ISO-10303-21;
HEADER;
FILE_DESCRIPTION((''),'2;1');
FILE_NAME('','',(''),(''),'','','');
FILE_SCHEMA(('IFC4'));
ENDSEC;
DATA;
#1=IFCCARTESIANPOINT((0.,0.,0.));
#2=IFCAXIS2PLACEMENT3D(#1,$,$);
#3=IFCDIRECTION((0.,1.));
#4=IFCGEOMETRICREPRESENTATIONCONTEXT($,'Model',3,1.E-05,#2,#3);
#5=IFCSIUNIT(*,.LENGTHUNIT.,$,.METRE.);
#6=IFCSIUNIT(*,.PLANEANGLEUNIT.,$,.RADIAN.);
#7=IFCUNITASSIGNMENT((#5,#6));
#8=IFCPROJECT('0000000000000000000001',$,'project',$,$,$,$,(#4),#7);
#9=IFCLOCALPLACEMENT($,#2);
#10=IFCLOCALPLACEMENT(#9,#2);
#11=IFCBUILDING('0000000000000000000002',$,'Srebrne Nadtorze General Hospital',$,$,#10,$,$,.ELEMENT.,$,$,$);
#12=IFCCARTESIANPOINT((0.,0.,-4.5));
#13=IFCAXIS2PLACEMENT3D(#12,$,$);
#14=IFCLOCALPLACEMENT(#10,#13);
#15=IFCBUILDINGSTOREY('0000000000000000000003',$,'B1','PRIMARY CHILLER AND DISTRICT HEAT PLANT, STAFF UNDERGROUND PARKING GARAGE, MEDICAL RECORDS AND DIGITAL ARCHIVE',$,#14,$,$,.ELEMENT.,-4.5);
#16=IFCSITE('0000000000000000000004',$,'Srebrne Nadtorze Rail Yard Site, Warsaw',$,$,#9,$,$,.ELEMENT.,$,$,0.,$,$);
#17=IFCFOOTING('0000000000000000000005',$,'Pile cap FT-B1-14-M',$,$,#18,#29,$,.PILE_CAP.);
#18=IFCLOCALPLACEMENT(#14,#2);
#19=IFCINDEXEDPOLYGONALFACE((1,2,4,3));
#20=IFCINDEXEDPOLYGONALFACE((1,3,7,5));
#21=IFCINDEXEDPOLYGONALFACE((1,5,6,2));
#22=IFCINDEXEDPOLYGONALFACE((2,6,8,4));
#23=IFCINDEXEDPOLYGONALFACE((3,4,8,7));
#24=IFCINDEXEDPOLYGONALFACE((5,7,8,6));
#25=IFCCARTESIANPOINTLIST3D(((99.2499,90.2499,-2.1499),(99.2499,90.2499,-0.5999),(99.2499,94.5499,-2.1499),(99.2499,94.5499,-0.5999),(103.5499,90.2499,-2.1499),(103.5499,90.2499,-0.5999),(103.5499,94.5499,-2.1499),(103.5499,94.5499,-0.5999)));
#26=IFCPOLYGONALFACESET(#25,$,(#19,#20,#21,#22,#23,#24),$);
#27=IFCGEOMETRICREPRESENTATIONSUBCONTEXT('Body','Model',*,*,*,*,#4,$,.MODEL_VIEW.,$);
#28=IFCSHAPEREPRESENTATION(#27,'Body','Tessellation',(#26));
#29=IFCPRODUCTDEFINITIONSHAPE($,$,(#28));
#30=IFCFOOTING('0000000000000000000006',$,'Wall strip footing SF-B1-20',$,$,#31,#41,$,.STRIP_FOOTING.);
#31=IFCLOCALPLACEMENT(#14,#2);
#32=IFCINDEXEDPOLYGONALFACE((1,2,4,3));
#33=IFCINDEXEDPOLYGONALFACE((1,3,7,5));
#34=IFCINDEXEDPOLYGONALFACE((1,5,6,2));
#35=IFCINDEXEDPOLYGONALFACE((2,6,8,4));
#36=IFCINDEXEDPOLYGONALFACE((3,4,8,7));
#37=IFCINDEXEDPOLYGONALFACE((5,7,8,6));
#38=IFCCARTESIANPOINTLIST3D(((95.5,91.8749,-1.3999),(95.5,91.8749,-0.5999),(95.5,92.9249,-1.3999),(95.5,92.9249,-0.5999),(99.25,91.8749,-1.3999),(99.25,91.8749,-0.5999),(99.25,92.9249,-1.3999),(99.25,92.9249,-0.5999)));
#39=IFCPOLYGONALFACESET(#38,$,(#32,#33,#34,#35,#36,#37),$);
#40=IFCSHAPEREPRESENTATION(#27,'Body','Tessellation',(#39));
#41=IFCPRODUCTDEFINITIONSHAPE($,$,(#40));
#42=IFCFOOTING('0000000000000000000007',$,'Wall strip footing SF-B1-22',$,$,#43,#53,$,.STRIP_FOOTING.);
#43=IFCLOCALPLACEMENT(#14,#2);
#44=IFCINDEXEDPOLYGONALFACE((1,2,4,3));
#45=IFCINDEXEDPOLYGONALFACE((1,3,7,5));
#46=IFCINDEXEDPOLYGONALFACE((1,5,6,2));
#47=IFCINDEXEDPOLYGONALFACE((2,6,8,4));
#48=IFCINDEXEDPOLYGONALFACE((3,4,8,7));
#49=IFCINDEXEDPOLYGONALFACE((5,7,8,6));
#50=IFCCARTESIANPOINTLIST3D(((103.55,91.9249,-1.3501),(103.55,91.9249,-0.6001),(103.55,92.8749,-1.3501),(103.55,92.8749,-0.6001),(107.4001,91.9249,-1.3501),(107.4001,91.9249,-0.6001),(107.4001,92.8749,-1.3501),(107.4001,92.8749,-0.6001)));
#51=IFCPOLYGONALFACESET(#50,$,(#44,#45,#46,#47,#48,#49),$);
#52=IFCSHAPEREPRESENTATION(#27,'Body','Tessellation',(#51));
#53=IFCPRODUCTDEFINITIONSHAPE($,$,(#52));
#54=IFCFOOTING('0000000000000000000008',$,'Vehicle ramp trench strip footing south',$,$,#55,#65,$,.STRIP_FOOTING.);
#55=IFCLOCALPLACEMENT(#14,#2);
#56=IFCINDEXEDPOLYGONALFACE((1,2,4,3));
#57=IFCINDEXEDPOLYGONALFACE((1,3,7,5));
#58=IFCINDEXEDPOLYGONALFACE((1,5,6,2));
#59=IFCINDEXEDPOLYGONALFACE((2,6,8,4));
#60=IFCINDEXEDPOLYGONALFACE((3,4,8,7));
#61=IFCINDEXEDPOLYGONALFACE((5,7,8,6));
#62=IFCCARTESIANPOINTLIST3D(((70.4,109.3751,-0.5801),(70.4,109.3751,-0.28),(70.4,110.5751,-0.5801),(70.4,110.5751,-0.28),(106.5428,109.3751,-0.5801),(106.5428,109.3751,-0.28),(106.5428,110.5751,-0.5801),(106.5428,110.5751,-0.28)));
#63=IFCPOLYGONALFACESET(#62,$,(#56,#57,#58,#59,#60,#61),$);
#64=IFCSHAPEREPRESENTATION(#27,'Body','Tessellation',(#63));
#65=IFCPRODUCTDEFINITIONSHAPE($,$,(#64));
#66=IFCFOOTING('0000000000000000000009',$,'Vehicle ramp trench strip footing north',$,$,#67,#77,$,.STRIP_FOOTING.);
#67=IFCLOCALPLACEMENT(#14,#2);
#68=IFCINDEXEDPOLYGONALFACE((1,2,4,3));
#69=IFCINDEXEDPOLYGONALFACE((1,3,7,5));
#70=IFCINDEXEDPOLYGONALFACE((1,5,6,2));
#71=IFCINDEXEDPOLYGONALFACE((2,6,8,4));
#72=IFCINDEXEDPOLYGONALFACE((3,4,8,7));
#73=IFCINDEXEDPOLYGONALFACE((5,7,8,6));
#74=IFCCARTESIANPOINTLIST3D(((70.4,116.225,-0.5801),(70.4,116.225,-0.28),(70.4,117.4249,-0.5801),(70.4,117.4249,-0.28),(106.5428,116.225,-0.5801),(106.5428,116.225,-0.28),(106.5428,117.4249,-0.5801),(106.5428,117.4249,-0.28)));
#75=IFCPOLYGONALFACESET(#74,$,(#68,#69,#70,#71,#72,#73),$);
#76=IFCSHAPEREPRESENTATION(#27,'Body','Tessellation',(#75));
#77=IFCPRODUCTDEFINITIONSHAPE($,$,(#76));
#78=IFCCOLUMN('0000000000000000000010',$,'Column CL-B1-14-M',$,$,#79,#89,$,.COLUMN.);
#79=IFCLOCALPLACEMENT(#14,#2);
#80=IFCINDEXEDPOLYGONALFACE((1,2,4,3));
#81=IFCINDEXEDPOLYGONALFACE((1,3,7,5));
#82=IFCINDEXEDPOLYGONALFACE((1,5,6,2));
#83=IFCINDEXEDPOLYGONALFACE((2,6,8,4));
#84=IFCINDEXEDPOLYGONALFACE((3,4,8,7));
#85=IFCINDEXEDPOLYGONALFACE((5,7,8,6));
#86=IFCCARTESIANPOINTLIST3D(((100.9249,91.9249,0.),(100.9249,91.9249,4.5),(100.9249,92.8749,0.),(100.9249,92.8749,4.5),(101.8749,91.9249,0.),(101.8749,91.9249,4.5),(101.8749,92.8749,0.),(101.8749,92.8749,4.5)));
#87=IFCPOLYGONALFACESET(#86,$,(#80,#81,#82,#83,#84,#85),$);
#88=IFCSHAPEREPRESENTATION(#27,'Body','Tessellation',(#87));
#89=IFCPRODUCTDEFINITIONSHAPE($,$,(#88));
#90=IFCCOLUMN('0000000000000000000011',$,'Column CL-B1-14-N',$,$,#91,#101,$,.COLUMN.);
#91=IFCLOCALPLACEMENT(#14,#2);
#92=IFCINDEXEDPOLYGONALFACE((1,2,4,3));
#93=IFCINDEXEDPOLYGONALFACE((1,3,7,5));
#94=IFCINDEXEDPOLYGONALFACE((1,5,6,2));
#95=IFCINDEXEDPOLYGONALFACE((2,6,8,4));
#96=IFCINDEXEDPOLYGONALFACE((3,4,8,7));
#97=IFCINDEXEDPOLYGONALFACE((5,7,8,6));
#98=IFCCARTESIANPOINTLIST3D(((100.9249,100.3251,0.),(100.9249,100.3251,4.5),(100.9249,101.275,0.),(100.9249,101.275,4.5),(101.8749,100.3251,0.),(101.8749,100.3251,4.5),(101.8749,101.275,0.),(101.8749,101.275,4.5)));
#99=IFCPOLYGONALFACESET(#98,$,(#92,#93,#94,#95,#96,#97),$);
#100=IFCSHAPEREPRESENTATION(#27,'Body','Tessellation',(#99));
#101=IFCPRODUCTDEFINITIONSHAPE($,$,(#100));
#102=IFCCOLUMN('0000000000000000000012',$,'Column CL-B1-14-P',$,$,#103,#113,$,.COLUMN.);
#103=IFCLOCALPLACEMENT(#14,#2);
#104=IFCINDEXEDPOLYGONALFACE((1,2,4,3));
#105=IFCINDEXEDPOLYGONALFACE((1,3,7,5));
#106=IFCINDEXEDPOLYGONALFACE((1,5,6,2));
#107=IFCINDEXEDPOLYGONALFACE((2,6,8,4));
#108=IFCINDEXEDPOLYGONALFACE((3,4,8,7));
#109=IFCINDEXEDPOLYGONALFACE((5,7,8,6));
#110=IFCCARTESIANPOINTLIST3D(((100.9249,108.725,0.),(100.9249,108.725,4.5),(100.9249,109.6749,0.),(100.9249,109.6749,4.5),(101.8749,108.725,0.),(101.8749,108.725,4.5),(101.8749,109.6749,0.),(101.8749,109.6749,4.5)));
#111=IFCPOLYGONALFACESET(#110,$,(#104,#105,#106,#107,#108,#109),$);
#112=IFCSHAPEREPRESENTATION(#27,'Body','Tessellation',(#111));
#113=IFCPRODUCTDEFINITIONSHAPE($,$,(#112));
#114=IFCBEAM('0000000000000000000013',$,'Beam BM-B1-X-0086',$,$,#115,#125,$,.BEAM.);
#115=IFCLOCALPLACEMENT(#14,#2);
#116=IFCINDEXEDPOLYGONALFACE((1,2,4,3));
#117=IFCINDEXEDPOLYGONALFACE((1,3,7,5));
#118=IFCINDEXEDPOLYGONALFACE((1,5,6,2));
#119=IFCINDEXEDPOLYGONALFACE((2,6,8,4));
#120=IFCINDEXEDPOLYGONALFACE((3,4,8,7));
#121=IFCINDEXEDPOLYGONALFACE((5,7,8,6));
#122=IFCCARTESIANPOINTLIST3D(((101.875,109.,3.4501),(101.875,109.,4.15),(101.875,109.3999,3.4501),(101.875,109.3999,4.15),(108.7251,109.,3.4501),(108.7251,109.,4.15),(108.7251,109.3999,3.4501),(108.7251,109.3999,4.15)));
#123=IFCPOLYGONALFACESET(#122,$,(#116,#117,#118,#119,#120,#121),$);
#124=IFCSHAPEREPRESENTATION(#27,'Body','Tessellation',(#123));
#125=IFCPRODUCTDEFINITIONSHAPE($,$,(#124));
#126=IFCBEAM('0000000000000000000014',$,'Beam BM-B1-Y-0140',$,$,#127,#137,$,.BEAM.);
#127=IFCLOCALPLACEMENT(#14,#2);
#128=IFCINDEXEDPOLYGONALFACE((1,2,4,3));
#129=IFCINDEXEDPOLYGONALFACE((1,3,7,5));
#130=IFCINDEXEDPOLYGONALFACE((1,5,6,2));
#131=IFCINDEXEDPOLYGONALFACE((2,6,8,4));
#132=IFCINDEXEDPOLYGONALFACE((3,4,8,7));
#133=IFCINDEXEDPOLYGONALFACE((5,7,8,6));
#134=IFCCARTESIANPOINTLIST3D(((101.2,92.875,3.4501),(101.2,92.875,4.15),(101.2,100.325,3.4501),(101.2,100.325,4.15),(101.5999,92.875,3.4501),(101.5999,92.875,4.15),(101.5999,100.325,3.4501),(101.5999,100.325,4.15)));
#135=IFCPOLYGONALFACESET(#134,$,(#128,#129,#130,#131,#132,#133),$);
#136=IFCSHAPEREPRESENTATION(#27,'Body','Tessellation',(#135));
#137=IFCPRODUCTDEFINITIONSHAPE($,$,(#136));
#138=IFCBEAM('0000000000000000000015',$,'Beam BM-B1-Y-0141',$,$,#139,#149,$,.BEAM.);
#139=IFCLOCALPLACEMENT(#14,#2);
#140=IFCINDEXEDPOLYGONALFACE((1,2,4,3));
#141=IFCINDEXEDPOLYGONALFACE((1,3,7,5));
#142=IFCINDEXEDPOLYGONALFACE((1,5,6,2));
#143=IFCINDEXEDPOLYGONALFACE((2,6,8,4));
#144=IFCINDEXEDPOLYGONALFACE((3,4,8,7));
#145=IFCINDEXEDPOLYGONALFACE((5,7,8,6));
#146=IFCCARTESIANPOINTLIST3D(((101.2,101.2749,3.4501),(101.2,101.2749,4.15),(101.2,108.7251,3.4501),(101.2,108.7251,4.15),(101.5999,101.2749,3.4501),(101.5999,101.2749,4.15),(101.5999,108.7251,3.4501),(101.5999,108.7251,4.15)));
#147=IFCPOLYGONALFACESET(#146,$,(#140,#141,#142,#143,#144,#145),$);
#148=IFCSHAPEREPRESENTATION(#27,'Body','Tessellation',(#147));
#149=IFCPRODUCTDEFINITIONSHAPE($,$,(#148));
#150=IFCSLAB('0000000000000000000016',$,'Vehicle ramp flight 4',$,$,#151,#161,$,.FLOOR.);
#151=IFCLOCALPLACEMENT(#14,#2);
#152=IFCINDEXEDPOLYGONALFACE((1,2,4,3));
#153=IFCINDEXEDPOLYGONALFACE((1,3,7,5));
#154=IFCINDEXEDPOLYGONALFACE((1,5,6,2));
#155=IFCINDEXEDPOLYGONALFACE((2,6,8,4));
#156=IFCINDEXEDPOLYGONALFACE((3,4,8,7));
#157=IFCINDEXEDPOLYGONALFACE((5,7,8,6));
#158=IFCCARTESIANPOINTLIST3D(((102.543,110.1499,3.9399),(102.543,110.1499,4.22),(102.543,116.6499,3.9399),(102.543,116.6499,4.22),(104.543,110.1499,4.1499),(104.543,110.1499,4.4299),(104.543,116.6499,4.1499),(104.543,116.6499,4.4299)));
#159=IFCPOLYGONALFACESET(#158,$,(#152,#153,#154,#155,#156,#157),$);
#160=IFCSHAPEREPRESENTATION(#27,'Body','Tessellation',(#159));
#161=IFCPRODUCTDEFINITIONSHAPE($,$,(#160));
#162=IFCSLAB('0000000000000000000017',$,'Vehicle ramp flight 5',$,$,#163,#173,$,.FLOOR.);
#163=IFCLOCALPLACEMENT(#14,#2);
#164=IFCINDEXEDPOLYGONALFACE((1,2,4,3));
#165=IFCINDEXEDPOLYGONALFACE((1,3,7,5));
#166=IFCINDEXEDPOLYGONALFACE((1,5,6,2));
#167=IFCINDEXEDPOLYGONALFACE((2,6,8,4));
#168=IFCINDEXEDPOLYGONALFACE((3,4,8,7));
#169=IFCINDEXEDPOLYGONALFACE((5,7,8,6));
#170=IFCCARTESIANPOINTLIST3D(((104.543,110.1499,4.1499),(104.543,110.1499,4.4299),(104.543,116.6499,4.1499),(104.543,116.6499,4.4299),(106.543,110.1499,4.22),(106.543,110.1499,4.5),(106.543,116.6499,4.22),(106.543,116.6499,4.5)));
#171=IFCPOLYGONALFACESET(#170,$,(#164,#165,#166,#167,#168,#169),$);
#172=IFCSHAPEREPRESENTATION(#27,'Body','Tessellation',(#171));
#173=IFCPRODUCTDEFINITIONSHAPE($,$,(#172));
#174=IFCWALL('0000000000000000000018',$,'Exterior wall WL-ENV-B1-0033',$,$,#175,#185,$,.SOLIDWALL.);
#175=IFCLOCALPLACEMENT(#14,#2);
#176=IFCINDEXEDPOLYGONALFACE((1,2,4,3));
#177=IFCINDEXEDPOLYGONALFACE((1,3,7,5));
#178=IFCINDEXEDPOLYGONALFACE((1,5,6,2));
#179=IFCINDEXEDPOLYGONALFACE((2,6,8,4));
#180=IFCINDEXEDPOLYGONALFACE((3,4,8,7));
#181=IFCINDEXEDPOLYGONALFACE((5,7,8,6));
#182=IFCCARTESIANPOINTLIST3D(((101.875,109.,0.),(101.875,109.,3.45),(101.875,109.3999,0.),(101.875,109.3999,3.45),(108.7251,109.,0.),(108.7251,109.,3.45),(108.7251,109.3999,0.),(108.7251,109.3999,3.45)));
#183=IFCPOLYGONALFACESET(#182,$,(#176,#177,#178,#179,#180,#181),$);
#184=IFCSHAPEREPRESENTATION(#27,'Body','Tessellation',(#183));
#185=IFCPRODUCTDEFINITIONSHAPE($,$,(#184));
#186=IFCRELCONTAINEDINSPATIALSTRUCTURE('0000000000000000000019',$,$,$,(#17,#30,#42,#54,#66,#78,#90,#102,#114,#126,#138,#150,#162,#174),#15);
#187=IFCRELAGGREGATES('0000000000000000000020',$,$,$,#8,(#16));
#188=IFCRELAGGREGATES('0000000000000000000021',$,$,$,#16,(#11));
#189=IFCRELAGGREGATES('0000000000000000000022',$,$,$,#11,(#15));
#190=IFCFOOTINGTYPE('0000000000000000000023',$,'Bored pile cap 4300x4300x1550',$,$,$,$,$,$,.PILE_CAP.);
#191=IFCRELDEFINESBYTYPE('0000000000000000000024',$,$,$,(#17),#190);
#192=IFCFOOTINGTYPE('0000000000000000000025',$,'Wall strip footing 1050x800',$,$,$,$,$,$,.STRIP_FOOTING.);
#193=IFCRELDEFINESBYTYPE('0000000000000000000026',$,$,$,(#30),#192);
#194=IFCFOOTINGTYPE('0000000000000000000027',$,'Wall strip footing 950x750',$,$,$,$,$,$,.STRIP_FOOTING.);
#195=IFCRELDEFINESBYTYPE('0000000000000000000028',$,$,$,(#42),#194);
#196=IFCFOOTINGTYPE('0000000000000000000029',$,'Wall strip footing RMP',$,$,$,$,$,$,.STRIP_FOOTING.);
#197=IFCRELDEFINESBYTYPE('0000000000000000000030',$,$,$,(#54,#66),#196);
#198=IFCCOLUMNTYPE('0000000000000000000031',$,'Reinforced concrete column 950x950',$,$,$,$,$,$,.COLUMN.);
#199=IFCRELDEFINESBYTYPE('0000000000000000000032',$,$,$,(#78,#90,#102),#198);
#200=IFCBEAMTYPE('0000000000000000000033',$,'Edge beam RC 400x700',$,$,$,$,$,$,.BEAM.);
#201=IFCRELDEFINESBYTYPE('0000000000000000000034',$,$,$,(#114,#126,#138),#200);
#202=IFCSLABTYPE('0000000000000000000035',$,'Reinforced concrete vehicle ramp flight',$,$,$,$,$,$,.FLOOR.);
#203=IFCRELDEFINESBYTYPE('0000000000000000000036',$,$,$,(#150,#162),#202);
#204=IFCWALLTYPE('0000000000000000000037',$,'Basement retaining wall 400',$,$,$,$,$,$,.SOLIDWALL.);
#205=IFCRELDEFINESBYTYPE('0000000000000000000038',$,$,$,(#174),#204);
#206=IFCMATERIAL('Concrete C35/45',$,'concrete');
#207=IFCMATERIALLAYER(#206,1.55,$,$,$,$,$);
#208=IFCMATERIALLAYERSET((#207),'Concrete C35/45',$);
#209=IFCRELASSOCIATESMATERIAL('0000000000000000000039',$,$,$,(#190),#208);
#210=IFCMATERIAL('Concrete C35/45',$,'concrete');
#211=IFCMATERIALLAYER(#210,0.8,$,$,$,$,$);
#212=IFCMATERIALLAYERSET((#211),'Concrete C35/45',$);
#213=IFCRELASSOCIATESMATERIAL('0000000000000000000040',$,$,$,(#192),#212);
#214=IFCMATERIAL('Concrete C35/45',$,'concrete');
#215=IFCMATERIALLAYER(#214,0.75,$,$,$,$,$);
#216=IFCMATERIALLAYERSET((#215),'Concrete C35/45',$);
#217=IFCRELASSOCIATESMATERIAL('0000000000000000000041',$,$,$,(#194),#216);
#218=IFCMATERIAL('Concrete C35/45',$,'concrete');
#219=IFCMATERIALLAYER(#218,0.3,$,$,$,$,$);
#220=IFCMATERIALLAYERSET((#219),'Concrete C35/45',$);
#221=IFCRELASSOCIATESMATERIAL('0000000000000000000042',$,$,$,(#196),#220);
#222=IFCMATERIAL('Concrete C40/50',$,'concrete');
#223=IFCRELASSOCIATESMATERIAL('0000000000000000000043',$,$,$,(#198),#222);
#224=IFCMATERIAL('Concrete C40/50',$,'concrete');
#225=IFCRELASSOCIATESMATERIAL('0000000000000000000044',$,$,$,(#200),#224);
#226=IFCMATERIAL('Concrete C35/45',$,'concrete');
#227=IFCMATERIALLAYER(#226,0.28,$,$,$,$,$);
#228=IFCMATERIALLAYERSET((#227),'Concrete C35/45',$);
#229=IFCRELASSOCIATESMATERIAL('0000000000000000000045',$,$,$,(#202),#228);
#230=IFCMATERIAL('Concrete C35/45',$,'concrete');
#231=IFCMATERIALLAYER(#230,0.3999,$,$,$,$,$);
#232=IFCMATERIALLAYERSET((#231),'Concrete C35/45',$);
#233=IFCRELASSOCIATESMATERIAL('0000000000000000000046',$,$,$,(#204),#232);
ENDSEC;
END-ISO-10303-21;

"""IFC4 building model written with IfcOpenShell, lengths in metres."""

from ifc_helpers import new_model, si_unit, direction, frame, frame_2d, origin, origin_2d, place, context, subcontext, project, spatial, polyline, rectangle, outline, extrude, material, layer, layer_set, material_profile, profile_set, type_object, element, save


model = new_model("IFC4")

# Units and contexts
model_context = context("Model", 3, precision=1e-05, world=origin(), true_north=direction((0.0, 1.0)))
body_context = subcontext(model_context, "Body", "Model", "MODEL_VIEW")
ifc_project = project(units=[si_unit("LENGTHUNIT", "METRE"), si_unit("PLANEANGLEUNIT", "RADIAN")], contexts=[model_context])

# Site, building, storey
site_placement = place(None, origin())
site = spatial("IfcSite", under=ifc_project, at=site_placement, Name="Srebrne Nadtorze Rail Yard Site, Warsaw", CompositionType="ELEMENT", RefElevation=0.0)
building_placement = place(site_placement, origin())
building = spatial("IfcBuilding", under=site, at=building_placement, Name="Srebrne Nadtorze General Hospital", CompositionType="ELEMENT")
storey_placement = place(building_placement, frame((0.0, 0.0, -4.5)))
storey = spatial("IfcBuildingStorey", under=building, at=storey_placement, Name="B1", Description="PRIMARY CHILLER AND DISTRICT HEAT PLANT, STAFF UNDERGROUND PARKING GARAGE, MEDICAL RECORDS AND DIGITAL ARCHIVE", CompositionType="ELEMENT", Elevation=-4.5)

# Footings
ifc_material_1 = material(Name="Concrete C35/45", Category="concrete")
ifc_layer_1 = layer(ifc_material_1, 1.55)
ifc_layer_set_1 = layer_set([ifc_layer_1], Name="Concrete C35/45")
footing_type_1 = type_object("IfcFootingType", Name="Bored pile cap 4300x4300x1550", PredefinedType="PILE_CAP", material=ifc_layer_set_1)
footing_1_placement = place(storey_placement, frame((101.3999, 92.3999, -2.1499), z_axis=(0.0, 0.0, 1.0), x_axis=(1.0, 0.0, 0.0)))
element("IfcFooting", 1, at=footing_1_placement, inside=storey, type_object=footing_type_1, Name="Pile cap FT-B1-14-M", PredefinedType="PILE_CAP", context=body_context, shape_type="SweptSolid", body=[
    extrude(rectangle(XDim=4.3, YDim=4.3, at=origin_2d()), origin(), (0.0, 0.0, 1.0), 1.55),
])
ifc_material_2 = material(Name="Concrete C35/45", Category="concrete")
ifc_layer_2 = layer(ifc_material_2, 0.8)
ifc_layer_set_2 = layer_set([ifc_layer_2], Name="Concrete C35/45")
footing_type_2 = type_object("IfcFootingType", Name="Wall strip footing 1050x800", PredefinedType="STRIP_FOOTING", material=ifc_layer_set_2)
footing_2_placement = place(storey_placement, frame((97.375, 92.3999, -1.3999), z_axis=(0.0, 0.0, 1.0), x_axis=(1.0, 0.0, 0.0)))
element("IfcFooting", 2, at=footing_2_placement, inside=storey, type_object=footing_type_2, Name="Wall strip footing SF-B1-20", PredefinedType="STRIP_FOOTING", context=body_context, shape_type="SweptSolid", body=[
    extrude(rectangle(XDim=3.75, YDim=1.05, at=origin_2d()), origin(), (0.0, 0.0, 1.0), 0.8),
])
ifc_material_3 = material(Name="Concrete C35/45", Category="concrete")
ifc_layer_3 = layer(ifc_material_3, 0.75)
ifc_layer_set_3 = layer_set([ifc_layer_3], Name="Concrete C35/45")
footing_type_3 = type_object("IfcFootingType", Name="Wall strip footing 950x750", PredefinedType="STRIP_FOOTING", material=ifc_layer_set_3)
footing_3_placement = place(storey_placement, frame((105.4751, 92.3999, -1.3501), z_axis=(0.0, 0.0, 1.0), x_axis=(1.0, 0.0, 0.0)))
element("IfcFooting", 3, at=footing_3_placement, inside=storey, type_object=footing_type_3, Name="Wall strip footing SF-B1-22", PredefinedType="STRIP_FOOTING", context=body_context, shape_type="SweptSolid", body=[
    extrude(rectangle(XDim=3.8501, YDim=0.95, at=origin_2d()), origin(), (0.0, 0.0, 1.0), 0.75),
])
ifc_material_4 = material(Name="Concrete C35/45", Category="concrete")
ifc_layer_4 = layer(ifc_material_4, 0.3)
ifc_layer_set_4 = layer_set([ifc_layer_4], Name="Concrete C35/45")
footing_type_4 = type_object("IfcFootingType", Name="Wall strip footing RMP", PredefinedType="STRIP_FOOTING", material=ifc_layer_set_4)
for number, where, z_axis, x_axis, name in (
    (4, (88.4714, 109.9751, -0.5801), (0.0, 0.0, 1.0), (1.0, 0.0, 0.0), "Vehicle ramp trench strip footing south"),
    (5, (88.4714, 116.825, -0.5801), (0.0, 0.0, 1.0), (1.0, 0.0, 0.0), "Vehicle ramp trench strip footing north"),
):
    element("IfcFooting", number, at=place(storey_placement, frame(where, z_axis=z_axis, x_axis=x_axis)), inside=storey, type_object=footing_type_4, Name=name, PredefinedType="STRIP_FOOTING", context=body_context, shape_type="SweptSolid", body=[
        extrude(rectangle(XDim=36.1428, YDim=1.2, at=origin_2d()), origin(), (0.0, 0.0, 1.0), 0.3),
    ])

# Columns
ifc_material_5 = material(Name="Concrete C40/50", Category="concrete")
ifc_material_profile_1 = material_profile(ifc_material_5, rectangle(XDim=0.95, YDim=0.95, at=origin_2d()), Name="RC-COL-950x950")
ifc_profile_set_1 = profile_set([ifc_material_profile_1], Name="Concrete C40/50")
column_type = type_object("IfcColumnType", Name="Reinforced concrete column 950x950", PredefinedType="COLUMN", material=ifc_profile_set_1)
for number, where, z_axis, x_axis, name in (
    (6, (101.3999, 92.3999, 0.0), (0.0, 0.0, 1.0), (1.0, 0.0, 0.0), "Column CL-B1-14-M"),
    (7, (101.3999, 100.8, 0.0), (0.0, 0.0, 1.0), (1.0, 0.0, 0.0), "Column CL-B1-14-N"),
    (8, (101.3999, 109.2, 0.0), (0.0, 0.0, 1.0), (1.0, 0.0, 0.0), "Column CL-B1-14-P"),
):
    element("IfcColumn", number, at=place(storey_placement, frame(where, z_axis=z_axis, x_axis=x_axis)), inside=storey, type_object=column_type, Name=name, PredefinedType="COLUMN", context=body_context, shape_type="SweptSolid", body=[
        extrude(rectangle(XDim=0.95, YDim=0.95, at=origin_2d()), origin(), (0.0, 0.0, 1.0), 4.5),
    ])

# Beams
ifc_material_6 = material(Name="Concrete C40/50", Category="concrete")
ifc_material_profile_2 = material_profile(ifc_material_6, rectangle(XDim=0.3999, YDim=0.7, at=origin_2d()), Name="RC-BM-400x700")
ifc_profile_set_2 = profile_set([ifc_material_profile_2], Name="Concrete C40/50")
beam_type = type_object("IfcBeamType", Name="Edge beam RC 400x700", PredefinedType="BEAM", material=ifc_profile_set_2)
beam_1_placement = place(storey_placement, frame((101.875, 109.2, 3.8), z_axis=(1.0, 0.0, 0.0), x_axis=(0.0, 1.0, 0.0)))
element("IfcBeam", 9, at=beam_1_placement, inside=storey, type_object=beam_type, Name="Beam BM-B1-X-0086", PredefinedType="BEAM", context=body_context, shape_type="SweptSolid", body=[
    extrude(rectangle(XDim=0.3999, YDim=0.7, at=origin_2d()), origin(), (0.0, 0.0, 1.0), 6.8501),
])
beam_2_placement = place(storey_placement, frame((101.3999, 92.875, 3.8), z_axis=(0.0, 1.0, 0.0), x_axis=(-1.0, 0.0, 0.0)))
element("IfcBeam", 10, at=beam_2_placement, inside=storey, type_object=beam_type, Name="Beam BM-B1-Y-0140", PredefinedType="BEAM", context=body_context, shape_type="SweptSolid", body=[
    extrude(rectangle(XDim=0.3999, YDim=0.7, at=origin_2d()), origin(), (0.0, 0.0, 1.0), 7.45),
])
beam_3_placement = place(storey_placement, frame((101.3999, 101.2749, 3.8), z_axis=(0.0, 1.0, 0.0), x_axis=(-1.0, 0.0, 0.0)))
element("IfcBeam", 11, at=beam_3_placement, inside=storey, type_object=beam_type, Name="Beam BM-B1-Y-0141", PredefinedType="BEAM", context=body_context, shape_type="SweptSolid", body=[
    extrude(rectangle(XDim=0.3999, YDim=0.7, at=origin_2d()), origin(), (0.0, 0.0, 1.0), 7.4502),
])

# Slabs
ifc_material_7 = material(Name="Concrete C35/45", Category="concrete")
ifc_layer_5 = layer(ifc_material_7, 0.28)
ifc_layer_set_5 = layer_set([ifc_layer_5], Name="Concrete C35/45")
slab_type = type_object("IfcSlabType", Name="Reinforced concrete vehicle ramp flight", PredefinedType="FLOOR", material=ifc_layer_set_5)
slab_1_placement = place(storey_placement, frame((102.543, 113.3999, 4.22), z_axis=(0.0, 0.0, 1.0), x_axis=(1.0, 0.0, 0.0)))
element("IfcSlab", 12, at=slab_1_placement, inside=storey, type_object=slab_type, Name="Vehicle ramp flight 4", PredefinedType="FLOOR", context=body_context, shape_type="SweptSolid", body=[
    extrude(outline(polyline([(0.0, 0.0), (2.0, 0.21), (2.0, -0.0701), (0.0, -0.28), (0.0, 0.0)])), frame((0.0, 3.25, 0.0), z_axis=(0.0, -1.0, 0.0), x_axis=(1.0, 0.0, 0.0)), (0.0, 0.0, 1.0), 6.5),
])
slab_2_placement = place(storey_placement, frame((104.543, 113.3999, 4.4299), z_axis=(0.0, 0.0, 1.0), x_axis=(1.0, 0.0, 0.0)))
element("IfcSlab", 13, at=slab_2_placement, inside=storey, type_object=slab_type, Name="Vehicle ramp flight 5", PredefinedType="FLOOR", context=body_context, shape_type="SweptSolid", body=[
    extrude(outline(polyline([(0.0, 0.0), (2.0, 0.0701), (2.0, -0.21), (0.0, -0.28), (0.0, 0.0)])), frame((0.0, 3.25, 0.0), z_axis=(0.0, -1.0, 0.0), x_axis=(1.0, 0.0, 0.0)), (0.0, 0.0, 1.0), 6.5),
])

# Wall
ifc_material_8 = material(Name="Concrete C35/45", Category="concrete")
ifc_layer_6 = layer(ifc_material_8, 0.3999)
ifc_layer_set_6 = layer_set([ifc_layer_6], Name="Concrete C35/45")
wall_type_1 = type_object("IfcWallType", Name="Basement retaining wall 400", PredefinedType="SOLIDWALL", material=ifc_layer_set_6)
wall_1_placement = place(storey_placement, frame((101.875, 109.2, 0.0), z_axis=(0.0, 0.0, 1.0), x_axis=(1.0, 0.0, 0.0)))
element("IfcWall", 14, at=wall_1_placement, inside=storey, type_object=wall_type_1, Name="Exterior wall WL-ENV-B1-0033", PredefinedType="SOLIDWALL", context=body_context, shape_type="SweptSolid", body=[
    extrude(rectangle(XDim=6.8501, YDim=0.3999, at=frame_2d((3.425, 0.0))), origin(), (0.0, 0.0, 1.0), 3.45),
])

save(model, "model.ifc")
